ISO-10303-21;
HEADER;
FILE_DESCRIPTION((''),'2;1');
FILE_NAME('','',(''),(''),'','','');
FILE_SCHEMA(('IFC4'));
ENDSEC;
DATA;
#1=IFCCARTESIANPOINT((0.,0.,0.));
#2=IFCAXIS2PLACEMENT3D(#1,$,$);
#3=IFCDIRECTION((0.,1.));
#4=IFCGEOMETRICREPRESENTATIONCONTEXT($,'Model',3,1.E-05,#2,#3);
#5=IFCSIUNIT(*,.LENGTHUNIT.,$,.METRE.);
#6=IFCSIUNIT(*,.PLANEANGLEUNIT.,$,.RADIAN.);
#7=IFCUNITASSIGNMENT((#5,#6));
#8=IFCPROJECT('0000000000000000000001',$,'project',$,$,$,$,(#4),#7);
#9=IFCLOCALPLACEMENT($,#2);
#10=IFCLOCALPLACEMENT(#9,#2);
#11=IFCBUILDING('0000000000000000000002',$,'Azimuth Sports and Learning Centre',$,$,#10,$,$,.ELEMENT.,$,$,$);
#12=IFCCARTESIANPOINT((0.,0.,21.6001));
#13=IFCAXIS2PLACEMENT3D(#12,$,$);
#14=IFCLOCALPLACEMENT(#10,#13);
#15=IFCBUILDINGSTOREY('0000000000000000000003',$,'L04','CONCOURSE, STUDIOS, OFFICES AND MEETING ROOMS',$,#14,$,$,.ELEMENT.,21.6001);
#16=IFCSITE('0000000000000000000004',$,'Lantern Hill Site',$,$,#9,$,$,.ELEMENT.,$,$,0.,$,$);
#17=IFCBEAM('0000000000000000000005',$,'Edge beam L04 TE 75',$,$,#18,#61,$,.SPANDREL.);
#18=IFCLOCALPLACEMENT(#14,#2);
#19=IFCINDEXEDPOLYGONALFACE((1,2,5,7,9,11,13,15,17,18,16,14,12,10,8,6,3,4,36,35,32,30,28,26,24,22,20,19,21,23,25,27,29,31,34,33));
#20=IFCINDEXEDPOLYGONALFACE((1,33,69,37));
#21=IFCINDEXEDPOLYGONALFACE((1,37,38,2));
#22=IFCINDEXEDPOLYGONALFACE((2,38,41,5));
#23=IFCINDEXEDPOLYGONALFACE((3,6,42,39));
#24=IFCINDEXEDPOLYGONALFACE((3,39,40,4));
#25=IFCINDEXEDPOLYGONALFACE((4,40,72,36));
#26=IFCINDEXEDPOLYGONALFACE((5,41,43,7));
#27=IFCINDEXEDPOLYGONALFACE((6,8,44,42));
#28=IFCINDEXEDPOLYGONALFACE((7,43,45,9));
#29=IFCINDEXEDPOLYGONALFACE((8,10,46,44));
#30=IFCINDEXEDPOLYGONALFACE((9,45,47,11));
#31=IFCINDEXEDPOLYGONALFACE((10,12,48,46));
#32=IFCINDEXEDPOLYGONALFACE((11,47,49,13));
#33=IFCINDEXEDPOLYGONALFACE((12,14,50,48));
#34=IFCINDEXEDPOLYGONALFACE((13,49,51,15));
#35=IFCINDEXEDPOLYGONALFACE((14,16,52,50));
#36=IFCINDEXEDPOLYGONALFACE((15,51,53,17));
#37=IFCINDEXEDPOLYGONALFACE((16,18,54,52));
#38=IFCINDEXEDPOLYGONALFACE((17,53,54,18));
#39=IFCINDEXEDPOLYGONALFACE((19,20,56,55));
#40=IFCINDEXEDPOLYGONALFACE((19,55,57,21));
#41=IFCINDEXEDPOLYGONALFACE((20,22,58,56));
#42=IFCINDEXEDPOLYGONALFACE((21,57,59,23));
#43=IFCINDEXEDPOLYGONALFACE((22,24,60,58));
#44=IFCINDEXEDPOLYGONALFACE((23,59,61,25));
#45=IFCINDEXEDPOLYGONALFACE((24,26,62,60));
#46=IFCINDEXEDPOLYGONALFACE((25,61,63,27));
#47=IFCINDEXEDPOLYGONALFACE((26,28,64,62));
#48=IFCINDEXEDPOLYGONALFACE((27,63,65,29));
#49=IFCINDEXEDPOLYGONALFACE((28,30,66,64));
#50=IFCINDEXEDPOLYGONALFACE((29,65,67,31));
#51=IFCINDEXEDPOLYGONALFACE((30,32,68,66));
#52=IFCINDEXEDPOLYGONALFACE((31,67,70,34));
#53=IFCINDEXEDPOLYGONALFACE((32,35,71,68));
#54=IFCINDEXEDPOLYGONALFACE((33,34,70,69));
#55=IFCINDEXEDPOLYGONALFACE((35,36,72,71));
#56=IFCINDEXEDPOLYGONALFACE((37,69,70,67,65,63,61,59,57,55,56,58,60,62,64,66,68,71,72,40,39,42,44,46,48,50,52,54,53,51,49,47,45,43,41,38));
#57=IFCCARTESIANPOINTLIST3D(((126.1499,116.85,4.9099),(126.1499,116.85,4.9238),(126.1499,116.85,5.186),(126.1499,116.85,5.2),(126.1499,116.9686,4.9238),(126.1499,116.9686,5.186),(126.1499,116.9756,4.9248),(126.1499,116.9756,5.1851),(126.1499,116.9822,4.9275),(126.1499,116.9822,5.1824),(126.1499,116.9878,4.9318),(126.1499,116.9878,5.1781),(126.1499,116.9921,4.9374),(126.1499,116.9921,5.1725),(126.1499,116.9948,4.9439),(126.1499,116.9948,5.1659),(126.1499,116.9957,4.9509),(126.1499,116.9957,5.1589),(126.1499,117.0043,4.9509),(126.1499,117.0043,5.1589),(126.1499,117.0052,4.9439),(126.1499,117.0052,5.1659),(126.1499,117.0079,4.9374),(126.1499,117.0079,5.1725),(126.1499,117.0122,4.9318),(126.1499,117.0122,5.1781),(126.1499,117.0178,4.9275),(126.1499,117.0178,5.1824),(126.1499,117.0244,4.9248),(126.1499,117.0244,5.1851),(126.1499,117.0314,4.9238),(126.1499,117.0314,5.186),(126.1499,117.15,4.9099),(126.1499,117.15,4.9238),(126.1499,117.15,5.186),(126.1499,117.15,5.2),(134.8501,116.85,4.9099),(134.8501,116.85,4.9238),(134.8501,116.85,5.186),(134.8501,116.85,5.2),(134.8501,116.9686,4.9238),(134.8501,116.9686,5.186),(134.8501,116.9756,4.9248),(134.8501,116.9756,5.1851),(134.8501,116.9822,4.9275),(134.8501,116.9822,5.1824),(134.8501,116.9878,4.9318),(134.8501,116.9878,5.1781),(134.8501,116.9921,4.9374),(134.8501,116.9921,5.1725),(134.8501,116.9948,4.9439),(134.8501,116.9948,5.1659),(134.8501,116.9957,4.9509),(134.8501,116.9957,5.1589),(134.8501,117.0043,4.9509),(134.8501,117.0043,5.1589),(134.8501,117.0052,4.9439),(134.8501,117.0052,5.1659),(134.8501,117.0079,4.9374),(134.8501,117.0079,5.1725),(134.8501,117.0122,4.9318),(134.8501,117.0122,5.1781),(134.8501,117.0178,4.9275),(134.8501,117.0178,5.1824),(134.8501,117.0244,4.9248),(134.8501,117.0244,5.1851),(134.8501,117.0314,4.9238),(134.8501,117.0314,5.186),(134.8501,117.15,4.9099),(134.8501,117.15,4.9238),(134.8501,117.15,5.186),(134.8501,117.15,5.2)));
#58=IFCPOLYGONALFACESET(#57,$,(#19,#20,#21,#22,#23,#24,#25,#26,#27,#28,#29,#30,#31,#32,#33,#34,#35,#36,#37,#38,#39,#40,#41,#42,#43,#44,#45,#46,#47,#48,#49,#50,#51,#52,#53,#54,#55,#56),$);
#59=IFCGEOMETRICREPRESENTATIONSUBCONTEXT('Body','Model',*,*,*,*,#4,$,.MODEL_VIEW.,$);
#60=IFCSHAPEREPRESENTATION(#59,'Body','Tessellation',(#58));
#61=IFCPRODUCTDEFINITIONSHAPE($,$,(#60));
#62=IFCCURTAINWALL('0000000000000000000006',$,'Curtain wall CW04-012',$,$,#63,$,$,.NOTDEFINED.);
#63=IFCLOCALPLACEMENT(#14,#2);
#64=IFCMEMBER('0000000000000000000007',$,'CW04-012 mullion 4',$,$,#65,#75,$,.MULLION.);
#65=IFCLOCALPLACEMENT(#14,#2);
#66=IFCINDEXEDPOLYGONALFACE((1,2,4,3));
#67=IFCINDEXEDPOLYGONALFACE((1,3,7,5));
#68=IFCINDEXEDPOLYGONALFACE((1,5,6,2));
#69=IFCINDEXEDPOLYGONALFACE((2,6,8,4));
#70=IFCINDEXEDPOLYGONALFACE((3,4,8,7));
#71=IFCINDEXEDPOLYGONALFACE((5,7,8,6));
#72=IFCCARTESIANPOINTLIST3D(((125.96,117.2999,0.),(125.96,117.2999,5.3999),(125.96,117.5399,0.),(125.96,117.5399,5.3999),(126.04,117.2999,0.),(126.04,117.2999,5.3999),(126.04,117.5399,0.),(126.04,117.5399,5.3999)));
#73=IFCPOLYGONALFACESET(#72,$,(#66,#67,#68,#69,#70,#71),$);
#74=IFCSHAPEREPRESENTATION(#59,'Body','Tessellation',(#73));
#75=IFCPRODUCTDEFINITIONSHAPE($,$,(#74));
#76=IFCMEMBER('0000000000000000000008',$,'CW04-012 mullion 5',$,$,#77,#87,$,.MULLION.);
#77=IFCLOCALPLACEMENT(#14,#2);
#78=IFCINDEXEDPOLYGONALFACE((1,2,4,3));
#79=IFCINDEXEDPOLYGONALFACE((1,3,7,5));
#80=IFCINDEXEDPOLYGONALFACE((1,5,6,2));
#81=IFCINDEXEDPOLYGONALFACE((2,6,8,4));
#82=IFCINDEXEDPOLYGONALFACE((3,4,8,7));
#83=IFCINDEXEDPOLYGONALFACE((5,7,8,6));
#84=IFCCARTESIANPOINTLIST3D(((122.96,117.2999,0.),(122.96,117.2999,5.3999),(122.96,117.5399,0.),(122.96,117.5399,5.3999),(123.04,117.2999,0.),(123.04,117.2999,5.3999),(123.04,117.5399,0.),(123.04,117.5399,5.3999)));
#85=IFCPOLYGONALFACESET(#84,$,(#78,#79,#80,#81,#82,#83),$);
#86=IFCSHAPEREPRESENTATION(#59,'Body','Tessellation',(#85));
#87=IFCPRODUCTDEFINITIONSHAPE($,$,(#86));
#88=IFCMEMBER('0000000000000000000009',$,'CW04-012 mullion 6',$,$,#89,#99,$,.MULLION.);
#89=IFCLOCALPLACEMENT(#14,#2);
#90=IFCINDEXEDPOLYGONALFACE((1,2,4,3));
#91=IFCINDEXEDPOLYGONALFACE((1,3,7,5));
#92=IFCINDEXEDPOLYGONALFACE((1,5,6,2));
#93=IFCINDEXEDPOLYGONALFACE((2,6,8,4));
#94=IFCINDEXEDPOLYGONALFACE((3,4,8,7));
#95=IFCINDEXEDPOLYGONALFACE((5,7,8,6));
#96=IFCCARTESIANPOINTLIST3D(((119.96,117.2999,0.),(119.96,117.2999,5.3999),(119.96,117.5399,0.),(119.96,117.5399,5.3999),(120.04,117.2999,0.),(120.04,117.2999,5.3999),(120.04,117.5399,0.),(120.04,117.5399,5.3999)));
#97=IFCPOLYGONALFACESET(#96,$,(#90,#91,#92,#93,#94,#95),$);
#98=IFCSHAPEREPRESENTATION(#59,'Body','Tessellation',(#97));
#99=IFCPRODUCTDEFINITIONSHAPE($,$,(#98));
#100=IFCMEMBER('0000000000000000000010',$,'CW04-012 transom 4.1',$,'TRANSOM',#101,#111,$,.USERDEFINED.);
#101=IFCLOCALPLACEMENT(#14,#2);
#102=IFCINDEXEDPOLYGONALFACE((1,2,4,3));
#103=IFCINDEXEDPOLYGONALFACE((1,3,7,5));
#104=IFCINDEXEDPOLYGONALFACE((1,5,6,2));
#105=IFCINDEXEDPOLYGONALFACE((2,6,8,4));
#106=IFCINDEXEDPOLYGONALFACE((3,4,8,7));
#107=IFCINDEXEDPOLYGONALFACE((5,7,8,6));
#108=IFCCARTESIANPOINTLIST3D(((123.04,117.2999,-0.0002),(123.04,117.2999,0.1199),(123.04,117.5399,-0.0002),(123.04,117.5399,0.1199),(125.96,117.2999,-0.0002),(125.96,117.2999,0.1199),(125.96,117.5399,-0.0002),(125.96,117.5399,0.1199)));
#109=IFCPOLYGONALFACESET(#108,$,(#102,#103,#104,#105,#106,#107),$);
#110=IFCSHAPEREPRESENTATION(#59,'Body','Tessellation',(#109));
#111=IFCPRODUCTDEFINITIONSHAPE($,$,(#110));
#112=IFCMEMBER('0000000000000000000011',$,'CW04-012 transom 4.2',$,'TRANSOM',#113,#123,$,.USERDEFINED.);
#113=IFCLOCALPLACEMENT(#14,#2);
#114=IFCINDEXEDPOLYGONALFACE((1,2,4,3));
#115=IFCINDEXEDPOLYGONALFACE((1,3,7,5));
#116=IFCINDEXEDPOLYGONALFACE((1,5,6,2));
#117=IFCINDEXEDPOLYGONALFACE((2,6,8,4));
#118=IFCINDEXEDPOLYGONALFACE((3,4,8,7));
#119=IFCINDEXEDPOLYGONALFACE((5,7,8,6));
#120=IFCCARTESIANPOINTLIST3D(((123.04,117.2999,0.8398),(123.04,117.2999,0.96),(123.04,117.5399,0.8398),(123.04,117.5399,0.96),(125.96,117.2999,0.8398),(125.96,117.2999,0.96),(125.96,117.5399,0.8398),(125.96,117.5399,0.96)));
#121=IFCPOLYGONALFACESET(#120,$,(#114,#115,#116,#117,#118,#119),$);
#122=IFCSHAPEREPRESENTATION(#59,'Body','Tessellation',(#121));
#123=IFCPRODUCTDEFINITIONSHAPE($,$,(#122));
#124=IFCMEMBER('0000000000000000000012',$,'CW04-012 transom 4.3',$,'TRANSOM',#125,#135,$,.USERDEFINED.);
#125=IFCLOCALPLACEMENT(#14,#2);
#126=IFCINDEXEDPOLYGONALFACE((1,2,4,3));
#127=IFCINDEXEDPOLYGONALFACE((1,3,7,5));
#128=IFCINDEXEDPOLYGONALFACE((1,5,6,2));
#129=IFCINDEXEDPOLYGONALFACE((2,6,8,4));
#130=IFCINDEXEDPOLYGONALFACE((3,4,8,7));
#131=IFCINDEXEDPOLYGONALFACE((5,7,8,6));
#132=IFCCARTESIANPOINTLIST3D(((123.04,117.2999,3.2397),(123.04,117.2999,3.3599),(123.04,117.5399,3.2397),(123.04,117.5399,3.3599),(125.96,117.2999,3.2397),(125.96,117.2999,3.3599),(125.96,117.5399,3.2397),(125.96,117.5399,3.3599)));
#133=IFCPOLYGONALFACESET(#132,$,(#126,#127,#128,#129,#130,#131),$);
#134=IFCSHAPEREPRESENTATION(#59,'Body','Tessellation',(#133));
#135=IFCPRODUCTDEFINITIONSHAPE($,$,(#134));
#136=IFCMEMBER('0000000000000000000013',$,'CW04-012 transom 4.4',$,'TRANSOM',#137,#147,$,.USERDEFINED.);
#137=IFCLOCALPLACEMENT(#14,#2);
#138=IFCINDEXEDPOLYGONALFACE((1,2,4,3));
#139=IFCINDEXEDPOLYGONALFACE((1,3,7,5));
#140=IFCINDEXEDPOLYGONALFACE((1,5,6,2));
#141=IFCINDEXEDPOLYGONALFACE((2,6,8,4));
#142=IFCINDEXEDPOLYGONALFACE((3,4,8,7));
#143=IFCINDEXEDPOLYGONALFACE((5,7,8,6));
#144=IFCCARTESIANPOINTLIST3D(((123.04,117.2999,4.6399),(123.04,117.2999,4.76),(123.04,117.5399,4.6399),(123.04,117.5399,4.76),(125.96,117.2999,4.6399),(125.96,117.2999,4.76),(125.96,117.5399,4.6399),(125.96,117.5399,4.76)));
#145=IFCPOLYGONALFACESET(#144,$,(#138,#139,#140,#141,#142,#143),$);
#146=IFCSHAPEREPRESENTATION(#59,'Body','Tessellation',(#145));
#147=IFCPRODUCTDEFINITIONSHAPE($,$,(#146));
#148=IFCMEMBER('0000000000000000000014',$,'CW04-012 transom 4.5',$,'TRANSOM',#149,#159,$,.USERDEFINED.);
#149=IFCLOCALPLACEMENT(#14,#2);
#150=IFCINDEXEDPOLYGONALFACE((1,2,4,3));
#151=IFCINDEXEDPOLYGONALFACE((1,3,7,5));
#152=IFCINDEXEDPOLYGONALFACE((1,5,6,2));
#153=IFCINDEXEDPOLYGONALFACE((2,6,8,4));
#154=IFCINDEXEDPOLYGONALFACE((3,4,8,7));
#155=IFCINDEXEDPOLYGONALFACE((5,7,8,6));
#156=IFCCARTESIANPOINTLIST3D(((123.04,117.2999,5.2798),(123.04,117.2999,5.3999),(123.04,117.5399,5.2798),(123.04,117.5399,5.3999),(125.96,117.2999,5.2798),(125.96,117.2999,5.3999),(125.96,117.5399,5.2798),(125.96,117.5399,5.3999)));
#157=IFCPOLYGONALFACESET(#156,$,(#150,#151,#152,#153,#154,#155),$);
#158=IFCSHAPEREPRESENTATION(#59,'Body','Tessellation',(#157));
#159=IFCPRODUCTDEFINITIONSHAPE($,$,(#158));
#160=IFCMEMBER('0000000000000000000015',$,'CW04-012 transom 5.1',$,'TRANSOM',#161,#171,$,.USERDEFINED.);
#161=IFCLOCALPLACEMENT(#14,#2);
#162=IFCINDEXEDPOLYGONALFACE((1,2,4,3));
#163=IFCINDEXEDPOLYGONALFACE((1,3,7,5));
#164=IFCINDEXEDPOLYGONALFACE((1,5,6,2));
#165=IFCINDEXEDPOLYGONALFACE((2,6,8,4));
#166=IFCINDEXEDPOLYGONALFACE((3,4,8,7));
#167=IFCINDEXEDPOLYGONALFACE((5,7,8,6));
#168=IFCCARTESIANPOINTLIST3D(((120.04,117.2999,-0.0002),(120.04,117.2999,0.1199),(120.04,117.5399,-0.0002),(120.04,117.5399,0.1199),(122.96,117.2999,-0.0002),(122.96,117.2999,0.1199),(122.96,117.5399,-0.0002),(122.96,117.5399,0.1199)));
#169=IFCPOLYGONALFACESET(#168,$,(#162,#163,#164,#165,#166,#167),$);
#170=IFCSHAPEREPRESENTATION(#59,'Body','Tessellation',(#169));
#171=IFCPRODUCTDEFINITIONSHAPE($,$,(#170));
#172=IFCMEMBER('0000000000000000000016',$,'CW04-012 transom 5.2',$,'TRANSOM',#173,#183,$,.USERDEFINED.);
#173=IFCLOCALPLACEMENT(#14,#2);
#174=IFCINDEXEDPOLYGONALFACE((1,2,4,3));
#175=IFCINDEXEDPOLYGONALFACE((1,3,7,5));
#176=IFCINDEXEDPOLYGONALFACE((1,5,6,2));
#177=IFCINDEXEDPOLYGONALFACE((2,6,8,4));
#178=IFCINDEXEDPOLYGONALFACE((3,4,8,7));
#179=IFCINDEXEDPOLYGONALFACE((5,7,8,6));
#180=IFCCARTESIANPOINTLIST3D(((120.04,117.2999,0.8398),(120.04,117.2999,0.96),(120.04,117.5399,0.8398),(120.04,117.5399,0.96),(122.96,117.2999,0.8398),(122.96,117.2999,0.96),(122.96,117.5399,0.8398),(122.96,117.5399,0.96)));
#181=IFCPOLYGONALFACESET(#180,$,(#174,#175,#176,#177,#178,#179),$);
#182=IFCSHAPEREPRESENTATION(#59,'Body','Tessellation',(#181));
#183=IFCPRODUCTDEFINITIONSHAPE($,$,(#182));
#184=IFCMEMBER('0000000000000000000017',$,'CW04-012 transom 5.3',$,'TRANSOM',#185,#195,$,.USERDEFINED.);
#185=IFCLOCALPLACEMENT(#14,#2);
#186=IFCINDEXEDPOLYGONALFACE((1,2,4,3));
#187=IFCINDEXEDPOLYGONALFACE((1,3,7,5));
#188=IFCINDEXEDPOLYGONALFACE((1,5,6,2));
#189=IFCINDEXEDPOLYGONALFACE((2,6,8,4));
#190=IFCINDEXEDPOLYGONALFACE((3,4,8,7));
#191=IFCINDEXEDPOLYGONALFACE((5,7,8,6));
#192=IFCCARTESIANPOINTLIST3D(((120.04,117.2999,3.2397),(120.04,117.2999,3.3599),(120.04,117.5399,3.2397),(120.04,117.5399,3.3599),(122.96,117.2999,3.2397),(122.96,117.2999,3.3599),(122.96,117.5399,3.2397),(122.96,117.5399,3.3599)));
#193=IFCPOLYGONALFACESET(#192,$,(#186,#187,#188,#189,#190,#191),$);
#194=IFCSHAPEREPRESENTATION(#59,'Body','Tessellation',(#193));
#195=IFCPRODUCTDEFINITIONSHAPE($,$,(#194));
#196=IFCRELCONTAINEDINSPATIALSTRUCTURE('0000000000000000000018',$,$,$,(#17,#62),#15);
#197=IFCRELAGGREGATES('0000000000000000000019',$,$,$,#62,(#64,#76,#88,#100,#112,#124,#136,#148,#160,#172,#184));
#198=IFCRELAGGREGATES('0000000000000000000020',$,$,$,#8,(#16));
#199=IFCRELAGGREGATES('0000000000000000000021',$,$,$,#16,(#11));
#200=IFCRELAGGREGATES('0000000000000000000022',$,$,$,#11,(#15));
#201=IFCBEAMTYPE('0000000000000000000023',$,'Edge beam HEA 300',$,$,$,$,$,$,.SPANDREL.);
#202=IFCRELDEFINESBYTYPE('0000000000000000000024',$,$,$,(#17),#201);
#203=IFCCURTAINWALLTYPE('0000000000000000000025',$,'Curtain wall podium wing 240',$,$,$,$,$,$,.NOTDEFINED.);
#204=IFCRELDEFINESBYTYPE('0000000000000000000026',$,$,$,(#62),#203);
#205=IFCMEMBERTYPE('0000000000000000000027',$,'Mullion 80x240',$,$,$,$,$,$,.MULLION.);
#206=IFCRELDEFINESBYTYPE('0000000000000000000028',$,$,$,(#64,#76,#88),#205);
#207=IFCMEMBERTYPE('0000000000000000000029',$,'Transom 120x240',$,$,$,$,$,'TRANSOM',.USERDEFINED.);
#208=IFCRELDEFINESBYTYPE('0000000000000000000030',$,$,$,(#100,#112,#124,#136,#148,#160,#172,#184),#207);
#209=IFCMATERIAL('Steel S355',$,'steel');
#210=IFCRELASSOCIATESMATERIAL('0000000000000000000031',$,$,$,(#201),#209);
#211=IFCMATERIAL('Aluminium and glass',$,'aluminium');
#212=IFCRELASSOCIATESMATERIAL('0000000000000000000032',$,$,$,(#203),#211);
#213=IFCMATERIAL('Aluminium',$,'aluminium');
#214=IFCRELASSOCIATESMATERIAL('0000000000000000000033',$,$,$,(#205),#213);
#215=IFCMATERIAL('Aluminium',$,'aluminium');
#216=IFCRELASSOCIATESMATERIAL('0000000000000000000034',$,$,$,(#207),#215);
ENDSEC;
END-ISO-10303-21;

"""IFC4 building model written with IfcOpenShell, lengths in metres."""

from ifc_helpers import new_model, si_unit, direction, frame, origin, origin_2d, place, context, subcontext, project, spatial, rectangle, i_section, extrude, material, material_profile, profile_set, type_object, element, aggregate, save


model = new_model("IFC4")

# Units and contexts
model_context = context("Model", 3, precision=1e-05, world=origin(), true_north=direction((0.0, 1.0)))
body_context = subcontext(model_context, "Body", "Model", "MODEL_VIEW")
ifc_project = project(units=[si_unit("LENGTHUNIT", "METRE"), si_unit("PLANEANGLEUNIT", "RADIAN")], contexts=[model_context])

# Site, building, storey
site_placement = place(None, origin())
site = spatial("IfcSite", under=ifc_project, at=site_placement, Name="Lantern Hill Site", CompositionType="ELEMENT", RefElevation=0.0)
building_placement = place(site_placement, origin())
building = spatial("IfcBuilding", under=site, at=building_placement, Name="Azimuth Sports and Learning Centre", CompositionType="ELEMENT")
storey_placement = place(building_placement, frame((0.0, 0.0, 21.6001)))
storey = spatial("IfcBuildingStorey", under=building, at=storey_placement, Name="L04", Description="CONCOURSE, STUDIOS, OFFICES AND MEETING ROOMS", CompositionType="ELEMENT", Elevation=21.6001)

# Beam
ifc_material_1 = material(Name="Steel S355", Category="steel")
ifc_material_profile_1 = material_profile(ifc_material_1, i_section(OverallWidth=0.3, OverallDepth=0.29, WebThickness=0.0085, FlangeThickness=0.0139, FilletRadius=0.0271, at=origin_2d()), Name="HEA 300")
ifc_profile_set_1 = profile_set([ifc_material_profile_1], Name="Steel S355")
beam_type = type_object("IfcBeamType", Name="Edge beam HEA 300", PredefinedType="SPANDREL", material=ifc_profile_set_1)
beam_placement = place(storey_placement, frame((126.1499, 117.0, 5.0549), z_axis=(1.0, 0.0, 0.0), x_axis=(0.0, 1.0, 0.0)))
element("IfcBeam", 1, at=beam_placement, inside=storey, type_object=beam_type, Name="Edge beam L04 TE 75", PredefinedType="SPANDREL", context=body_context, shape_type="SweptSolid", body=[
    extrude(i_section(OverallWidth=0.3, OverallDepth=0.29, WebThickness=0.0085, FlangeThickness=0.0139, FilletRadius=0.0271, at=origin_2d()), origin(), (0.0, 0.0, 1.0), 8.7002),
])

# Curtain wall, members
ifc_material_2 = material(Name="Aluminium and glass", Category="aluminium")
curtain_wall_type = type_object("IfcCurtainWallType", Name="Curtain wall podium wing 240", PredefinedType="NOTDEFINED", material=ifc_material_2)
curtain_wall_placement = place(storey_placement, origin())
curtain_wall = element("IfcCurtainWall", 2, at=curtain_wall_placement, inside=storey, type_object=curtain_wall_type, Name="Curtain wall CW04-012", PredefinedType="NOTDEFINED")
ifc_material_3 = material(Name="Aluminium", Category="aluminium")
ifc_material_profile_2 = material_profile(ifc_material_3, rectangle(XDim=0.24, YDim=0.0801, at=origin_2d()), Name="Mullion 80x240")
ifc_profile_set_2 = profile_set([ifc_material_profile_2], Name="Aluminium")
member_type_1 = type_object("IfcMemberType", Name="Mullion 80x240", PredefinedType="MULLION", material=ifc_profile_set_2)
member_1_placement = place(storey_placement, frame((126.0, 117.4199, 0.0), z_axis=(0.0, 0.0, 1.0), x_axis=(0.0, -1.0, 0.0)))
member_1 = element("IfcMember", 3, at=member_1_placement, type_object=member_type_1, Name="CW04-012 mullion 4", PredefinedType="MULLION", context=body_context, shape_type="SweptSolid", body=[
    extrude(rectangle(XDim=0.24, YDim=0.0801, at=origin_2d()), origin(), (0.0, 0.0, 1.0), 5.3999),
])
member_2_placement = place(storey_placement, frame((123.0, 117.4199, 0.0), z_axis=(0.0, 0.0, 1.0), x_axis=(0.0, -1.0, 0.0)))
member_2 = element("IfcMember", 4, at=member_2_placement, type_object=member_type_1, Name="CW04-012 mullion 5", PredefinedType="MULLION", context=body_context, shape_type="SweptSolid", body=[
    extrude(rectangle(XDim=0.24, YDim=0.0801, at=origin_2d()), origin(), (0.0, 0.0, 1.0), 5.3999),
])
member_3_placement = place(storey_placement, frame((120.0, 117.4199, 0.0), z_axis=(0.0, 0.0, 1.0), x_axis=(0.0, -1.0, 0.0)))
member_3 = element("IfcMember", 5, at=member_3_placement, type_object=member_type_1, Name="CW04-012 mullion 6", PredefinedType="MULLION", context=body_context, shape_type="SweptSolid", body=[
    extrude(rectangle(XDim=0.24, YDim=0.0801, at=origin_2d()), origin(), (0.0, 0.0, 1.0), 5.3999),
])
ifc_material_4 = material(Name="Aluminium", Category="aluminium")
ifc_material_profile_3 = material_profile(ifc_material_4, rectangle(XDim=0.24, YDim=0.1201, at=origin_2d()), Name="Transom 120x240")
ifc_profile_set_3 = profile_set([ifc_material_profile_3], Name="Aluminium")
member_type_2 = type_object("IfcMemberType", Name="Transom 120x240", ElementType="TRANSOM", PredefinedType="USERDEFINED", material=ifc_profile_set_3)
member_4_placement = place(storey_placement, frame((125.96, 117.4199, 0.0598), z_axis=(-1.0, 0.0, 0.0), x_axis=(0.0, -1.0, 0.0)))
member_4 = element("IfcMember", 6, at=member_4_placement, type_object=member_type_2, Name="CW04-012 transom 4.1", ObjectType="TRANSOM", PredefinedType="USERDEFINED", context=body_context, shape_type="SweptSolid", body=[
    extrude(rectangle(XDim=0.24, YDim=0.1201, at=origin_2d()), origin(), (0.0, 0.0, 1.0), 2.9199),
])
member_5_placement = place(storey_placement, frame((125.96, 117.4199, 0.8999), z_axis=(-1.0, 0.0, 0.0), x_axis=(0.0, -1.0, 0.0)))
member_5 = element("IfcMember", 7, at=member_5_placement, type_object=member_type_2, Name="CW04-012 transom 4.2", ObjectType="TRANSOM", PredefinedType="USERDEFINED", context=body_context, shape_type="SweptSolid", body=[
    extrude(rectangle(XDim=0.24, YDim=0.1201, at=origin_2d()), origin(), (0.0, 0.0, 1.0), 2.9199),
])
member_6_placement = place(storey_placement, frame((125.96, 117.4199, 3.2998), z_axis=(-1.0, 0.0, 0.0), x_axis=(0.0, -1.0, 0.0)))
member_6 = element("IfcMember", 8, at=member_6_placement, type_object=member_type_2, Name="CW04-012 transom 4.3", ObjectType="TRANSOM", PredefinedType="USERDEFINED", context=body_context, shape_type="SweptSolid", body=[
    extrude(rectangle(XDim=0.24, YDim=0.1201, at=origin_2d()), origin(), (0.0, 0.0, 1.0), 2.9199),
])
member_7_placement = place(storey_placement, frame((125.96, 117.4199, 4.7), z_axis=(-1.0, 0.0, 0.0), x_axis=(0.0, -1.0, 0.0)))
member_7 = element("IfcMember", 9, at=member_7_placement, type_object=member_type_2, Name="CW04-012 transom 4.4", ObjectType="TRANSOM", PredefinedType="USERDEFINED", context=body_context, shape_type="SweptSolid", body=[
    extrude(rectangle(XDim=0.24, YDim=0.1201, at=origin_2d()), origin(), (0.0, 0.0, 1.0), 2.9199),
])
member_8_placement = place(storey_placement, frame((125.96, 117.4199, 5.3398), z_axis=(-1.0, 0.0, 0.0), x_axis=(0.0, -1.0, 0.0)))
member_8 = element("IfcMember", 10, at=member_8_placement, type_object=member_type_2, Name="CW04-012 transom 4.5", ObjectType="TRANSOM", PredefinedType="USERDEFINED", context=body_context, shape_type="SweptSolid", body=[
    extrude(rectangle(XDim=0.24, YDim=0.1201, at=origin_2d()), origin(), (0.0, 0.0, 1.0), 2.9199),
])
member_9_placement = place(storey_placement, frame((122.96, 117.4199, 0.0598), z_axis=(-1.0, 0.0, 0.0), x_axis=(0.0, -1.0, 0.0)))
member_9 = element("IfcMember", 11, at=member_9_placement, type_object=member_type_2, Name="CW04-012 transom 5.1", ObjectType="TRANSOM", PredefinedType="USERDEFINED", context=body_context, shape_type="SweptSolid", body=[
    extrude(rectangle(XDim=0.24, YDim=0.1201, at=origin_2d()), origin(), (0.0, 0.0, 1.0), 2.9199),
])
member_10_placement = place(storey_placement, frame((122.96, 117.4199, 0.8999), z_axis=(-1.0, 0.0, 0.0), x_axis=(0.0, -1.0, 0.0)))
member_10 = element("IfcMember", 12, at=member_10_placement, type_object=member_type_2, Name="CW04-012 transom 5.2", ObjectType="TRANSOM", PredefinedType="USERDEFINED", context=body_context, shape_type="SweptSolid", body=[
    extrude(rectangle(XDim=0.24, YDim=0.1201, at=origin_2d()), origin(), (0.0, 0.0, 1.0), 2.9199),
])
member_11_placement = place(storey_placement, frame((122.96, 117.4199, 3.2998), z_axis=(-1.0, 0.0, 0.0), x_axis=(0.0, -1.0, 0.0)))
member_11 = element("IfcMember", 13, at=member_11_placement, type_object=member_type_2, Name="CW04-012 transom 5.3", ObjectType="TRANSOM", PredefinedType="USERDEFINED", context=body_context, shape_type="SweptSolid", body=[
    extrude(rectangle(XDim=0.24, YDim=0.1201, at=origin_2d()), origin(), (0.0, 0.0, 1.0), 2.9199),
])
aggregate(curtain_wall, [member_1, member_2, member_3, member_4, member_5, member_6, member_7, member_8, member_9, member_10, member_11])

save(model, "model.ifc")
